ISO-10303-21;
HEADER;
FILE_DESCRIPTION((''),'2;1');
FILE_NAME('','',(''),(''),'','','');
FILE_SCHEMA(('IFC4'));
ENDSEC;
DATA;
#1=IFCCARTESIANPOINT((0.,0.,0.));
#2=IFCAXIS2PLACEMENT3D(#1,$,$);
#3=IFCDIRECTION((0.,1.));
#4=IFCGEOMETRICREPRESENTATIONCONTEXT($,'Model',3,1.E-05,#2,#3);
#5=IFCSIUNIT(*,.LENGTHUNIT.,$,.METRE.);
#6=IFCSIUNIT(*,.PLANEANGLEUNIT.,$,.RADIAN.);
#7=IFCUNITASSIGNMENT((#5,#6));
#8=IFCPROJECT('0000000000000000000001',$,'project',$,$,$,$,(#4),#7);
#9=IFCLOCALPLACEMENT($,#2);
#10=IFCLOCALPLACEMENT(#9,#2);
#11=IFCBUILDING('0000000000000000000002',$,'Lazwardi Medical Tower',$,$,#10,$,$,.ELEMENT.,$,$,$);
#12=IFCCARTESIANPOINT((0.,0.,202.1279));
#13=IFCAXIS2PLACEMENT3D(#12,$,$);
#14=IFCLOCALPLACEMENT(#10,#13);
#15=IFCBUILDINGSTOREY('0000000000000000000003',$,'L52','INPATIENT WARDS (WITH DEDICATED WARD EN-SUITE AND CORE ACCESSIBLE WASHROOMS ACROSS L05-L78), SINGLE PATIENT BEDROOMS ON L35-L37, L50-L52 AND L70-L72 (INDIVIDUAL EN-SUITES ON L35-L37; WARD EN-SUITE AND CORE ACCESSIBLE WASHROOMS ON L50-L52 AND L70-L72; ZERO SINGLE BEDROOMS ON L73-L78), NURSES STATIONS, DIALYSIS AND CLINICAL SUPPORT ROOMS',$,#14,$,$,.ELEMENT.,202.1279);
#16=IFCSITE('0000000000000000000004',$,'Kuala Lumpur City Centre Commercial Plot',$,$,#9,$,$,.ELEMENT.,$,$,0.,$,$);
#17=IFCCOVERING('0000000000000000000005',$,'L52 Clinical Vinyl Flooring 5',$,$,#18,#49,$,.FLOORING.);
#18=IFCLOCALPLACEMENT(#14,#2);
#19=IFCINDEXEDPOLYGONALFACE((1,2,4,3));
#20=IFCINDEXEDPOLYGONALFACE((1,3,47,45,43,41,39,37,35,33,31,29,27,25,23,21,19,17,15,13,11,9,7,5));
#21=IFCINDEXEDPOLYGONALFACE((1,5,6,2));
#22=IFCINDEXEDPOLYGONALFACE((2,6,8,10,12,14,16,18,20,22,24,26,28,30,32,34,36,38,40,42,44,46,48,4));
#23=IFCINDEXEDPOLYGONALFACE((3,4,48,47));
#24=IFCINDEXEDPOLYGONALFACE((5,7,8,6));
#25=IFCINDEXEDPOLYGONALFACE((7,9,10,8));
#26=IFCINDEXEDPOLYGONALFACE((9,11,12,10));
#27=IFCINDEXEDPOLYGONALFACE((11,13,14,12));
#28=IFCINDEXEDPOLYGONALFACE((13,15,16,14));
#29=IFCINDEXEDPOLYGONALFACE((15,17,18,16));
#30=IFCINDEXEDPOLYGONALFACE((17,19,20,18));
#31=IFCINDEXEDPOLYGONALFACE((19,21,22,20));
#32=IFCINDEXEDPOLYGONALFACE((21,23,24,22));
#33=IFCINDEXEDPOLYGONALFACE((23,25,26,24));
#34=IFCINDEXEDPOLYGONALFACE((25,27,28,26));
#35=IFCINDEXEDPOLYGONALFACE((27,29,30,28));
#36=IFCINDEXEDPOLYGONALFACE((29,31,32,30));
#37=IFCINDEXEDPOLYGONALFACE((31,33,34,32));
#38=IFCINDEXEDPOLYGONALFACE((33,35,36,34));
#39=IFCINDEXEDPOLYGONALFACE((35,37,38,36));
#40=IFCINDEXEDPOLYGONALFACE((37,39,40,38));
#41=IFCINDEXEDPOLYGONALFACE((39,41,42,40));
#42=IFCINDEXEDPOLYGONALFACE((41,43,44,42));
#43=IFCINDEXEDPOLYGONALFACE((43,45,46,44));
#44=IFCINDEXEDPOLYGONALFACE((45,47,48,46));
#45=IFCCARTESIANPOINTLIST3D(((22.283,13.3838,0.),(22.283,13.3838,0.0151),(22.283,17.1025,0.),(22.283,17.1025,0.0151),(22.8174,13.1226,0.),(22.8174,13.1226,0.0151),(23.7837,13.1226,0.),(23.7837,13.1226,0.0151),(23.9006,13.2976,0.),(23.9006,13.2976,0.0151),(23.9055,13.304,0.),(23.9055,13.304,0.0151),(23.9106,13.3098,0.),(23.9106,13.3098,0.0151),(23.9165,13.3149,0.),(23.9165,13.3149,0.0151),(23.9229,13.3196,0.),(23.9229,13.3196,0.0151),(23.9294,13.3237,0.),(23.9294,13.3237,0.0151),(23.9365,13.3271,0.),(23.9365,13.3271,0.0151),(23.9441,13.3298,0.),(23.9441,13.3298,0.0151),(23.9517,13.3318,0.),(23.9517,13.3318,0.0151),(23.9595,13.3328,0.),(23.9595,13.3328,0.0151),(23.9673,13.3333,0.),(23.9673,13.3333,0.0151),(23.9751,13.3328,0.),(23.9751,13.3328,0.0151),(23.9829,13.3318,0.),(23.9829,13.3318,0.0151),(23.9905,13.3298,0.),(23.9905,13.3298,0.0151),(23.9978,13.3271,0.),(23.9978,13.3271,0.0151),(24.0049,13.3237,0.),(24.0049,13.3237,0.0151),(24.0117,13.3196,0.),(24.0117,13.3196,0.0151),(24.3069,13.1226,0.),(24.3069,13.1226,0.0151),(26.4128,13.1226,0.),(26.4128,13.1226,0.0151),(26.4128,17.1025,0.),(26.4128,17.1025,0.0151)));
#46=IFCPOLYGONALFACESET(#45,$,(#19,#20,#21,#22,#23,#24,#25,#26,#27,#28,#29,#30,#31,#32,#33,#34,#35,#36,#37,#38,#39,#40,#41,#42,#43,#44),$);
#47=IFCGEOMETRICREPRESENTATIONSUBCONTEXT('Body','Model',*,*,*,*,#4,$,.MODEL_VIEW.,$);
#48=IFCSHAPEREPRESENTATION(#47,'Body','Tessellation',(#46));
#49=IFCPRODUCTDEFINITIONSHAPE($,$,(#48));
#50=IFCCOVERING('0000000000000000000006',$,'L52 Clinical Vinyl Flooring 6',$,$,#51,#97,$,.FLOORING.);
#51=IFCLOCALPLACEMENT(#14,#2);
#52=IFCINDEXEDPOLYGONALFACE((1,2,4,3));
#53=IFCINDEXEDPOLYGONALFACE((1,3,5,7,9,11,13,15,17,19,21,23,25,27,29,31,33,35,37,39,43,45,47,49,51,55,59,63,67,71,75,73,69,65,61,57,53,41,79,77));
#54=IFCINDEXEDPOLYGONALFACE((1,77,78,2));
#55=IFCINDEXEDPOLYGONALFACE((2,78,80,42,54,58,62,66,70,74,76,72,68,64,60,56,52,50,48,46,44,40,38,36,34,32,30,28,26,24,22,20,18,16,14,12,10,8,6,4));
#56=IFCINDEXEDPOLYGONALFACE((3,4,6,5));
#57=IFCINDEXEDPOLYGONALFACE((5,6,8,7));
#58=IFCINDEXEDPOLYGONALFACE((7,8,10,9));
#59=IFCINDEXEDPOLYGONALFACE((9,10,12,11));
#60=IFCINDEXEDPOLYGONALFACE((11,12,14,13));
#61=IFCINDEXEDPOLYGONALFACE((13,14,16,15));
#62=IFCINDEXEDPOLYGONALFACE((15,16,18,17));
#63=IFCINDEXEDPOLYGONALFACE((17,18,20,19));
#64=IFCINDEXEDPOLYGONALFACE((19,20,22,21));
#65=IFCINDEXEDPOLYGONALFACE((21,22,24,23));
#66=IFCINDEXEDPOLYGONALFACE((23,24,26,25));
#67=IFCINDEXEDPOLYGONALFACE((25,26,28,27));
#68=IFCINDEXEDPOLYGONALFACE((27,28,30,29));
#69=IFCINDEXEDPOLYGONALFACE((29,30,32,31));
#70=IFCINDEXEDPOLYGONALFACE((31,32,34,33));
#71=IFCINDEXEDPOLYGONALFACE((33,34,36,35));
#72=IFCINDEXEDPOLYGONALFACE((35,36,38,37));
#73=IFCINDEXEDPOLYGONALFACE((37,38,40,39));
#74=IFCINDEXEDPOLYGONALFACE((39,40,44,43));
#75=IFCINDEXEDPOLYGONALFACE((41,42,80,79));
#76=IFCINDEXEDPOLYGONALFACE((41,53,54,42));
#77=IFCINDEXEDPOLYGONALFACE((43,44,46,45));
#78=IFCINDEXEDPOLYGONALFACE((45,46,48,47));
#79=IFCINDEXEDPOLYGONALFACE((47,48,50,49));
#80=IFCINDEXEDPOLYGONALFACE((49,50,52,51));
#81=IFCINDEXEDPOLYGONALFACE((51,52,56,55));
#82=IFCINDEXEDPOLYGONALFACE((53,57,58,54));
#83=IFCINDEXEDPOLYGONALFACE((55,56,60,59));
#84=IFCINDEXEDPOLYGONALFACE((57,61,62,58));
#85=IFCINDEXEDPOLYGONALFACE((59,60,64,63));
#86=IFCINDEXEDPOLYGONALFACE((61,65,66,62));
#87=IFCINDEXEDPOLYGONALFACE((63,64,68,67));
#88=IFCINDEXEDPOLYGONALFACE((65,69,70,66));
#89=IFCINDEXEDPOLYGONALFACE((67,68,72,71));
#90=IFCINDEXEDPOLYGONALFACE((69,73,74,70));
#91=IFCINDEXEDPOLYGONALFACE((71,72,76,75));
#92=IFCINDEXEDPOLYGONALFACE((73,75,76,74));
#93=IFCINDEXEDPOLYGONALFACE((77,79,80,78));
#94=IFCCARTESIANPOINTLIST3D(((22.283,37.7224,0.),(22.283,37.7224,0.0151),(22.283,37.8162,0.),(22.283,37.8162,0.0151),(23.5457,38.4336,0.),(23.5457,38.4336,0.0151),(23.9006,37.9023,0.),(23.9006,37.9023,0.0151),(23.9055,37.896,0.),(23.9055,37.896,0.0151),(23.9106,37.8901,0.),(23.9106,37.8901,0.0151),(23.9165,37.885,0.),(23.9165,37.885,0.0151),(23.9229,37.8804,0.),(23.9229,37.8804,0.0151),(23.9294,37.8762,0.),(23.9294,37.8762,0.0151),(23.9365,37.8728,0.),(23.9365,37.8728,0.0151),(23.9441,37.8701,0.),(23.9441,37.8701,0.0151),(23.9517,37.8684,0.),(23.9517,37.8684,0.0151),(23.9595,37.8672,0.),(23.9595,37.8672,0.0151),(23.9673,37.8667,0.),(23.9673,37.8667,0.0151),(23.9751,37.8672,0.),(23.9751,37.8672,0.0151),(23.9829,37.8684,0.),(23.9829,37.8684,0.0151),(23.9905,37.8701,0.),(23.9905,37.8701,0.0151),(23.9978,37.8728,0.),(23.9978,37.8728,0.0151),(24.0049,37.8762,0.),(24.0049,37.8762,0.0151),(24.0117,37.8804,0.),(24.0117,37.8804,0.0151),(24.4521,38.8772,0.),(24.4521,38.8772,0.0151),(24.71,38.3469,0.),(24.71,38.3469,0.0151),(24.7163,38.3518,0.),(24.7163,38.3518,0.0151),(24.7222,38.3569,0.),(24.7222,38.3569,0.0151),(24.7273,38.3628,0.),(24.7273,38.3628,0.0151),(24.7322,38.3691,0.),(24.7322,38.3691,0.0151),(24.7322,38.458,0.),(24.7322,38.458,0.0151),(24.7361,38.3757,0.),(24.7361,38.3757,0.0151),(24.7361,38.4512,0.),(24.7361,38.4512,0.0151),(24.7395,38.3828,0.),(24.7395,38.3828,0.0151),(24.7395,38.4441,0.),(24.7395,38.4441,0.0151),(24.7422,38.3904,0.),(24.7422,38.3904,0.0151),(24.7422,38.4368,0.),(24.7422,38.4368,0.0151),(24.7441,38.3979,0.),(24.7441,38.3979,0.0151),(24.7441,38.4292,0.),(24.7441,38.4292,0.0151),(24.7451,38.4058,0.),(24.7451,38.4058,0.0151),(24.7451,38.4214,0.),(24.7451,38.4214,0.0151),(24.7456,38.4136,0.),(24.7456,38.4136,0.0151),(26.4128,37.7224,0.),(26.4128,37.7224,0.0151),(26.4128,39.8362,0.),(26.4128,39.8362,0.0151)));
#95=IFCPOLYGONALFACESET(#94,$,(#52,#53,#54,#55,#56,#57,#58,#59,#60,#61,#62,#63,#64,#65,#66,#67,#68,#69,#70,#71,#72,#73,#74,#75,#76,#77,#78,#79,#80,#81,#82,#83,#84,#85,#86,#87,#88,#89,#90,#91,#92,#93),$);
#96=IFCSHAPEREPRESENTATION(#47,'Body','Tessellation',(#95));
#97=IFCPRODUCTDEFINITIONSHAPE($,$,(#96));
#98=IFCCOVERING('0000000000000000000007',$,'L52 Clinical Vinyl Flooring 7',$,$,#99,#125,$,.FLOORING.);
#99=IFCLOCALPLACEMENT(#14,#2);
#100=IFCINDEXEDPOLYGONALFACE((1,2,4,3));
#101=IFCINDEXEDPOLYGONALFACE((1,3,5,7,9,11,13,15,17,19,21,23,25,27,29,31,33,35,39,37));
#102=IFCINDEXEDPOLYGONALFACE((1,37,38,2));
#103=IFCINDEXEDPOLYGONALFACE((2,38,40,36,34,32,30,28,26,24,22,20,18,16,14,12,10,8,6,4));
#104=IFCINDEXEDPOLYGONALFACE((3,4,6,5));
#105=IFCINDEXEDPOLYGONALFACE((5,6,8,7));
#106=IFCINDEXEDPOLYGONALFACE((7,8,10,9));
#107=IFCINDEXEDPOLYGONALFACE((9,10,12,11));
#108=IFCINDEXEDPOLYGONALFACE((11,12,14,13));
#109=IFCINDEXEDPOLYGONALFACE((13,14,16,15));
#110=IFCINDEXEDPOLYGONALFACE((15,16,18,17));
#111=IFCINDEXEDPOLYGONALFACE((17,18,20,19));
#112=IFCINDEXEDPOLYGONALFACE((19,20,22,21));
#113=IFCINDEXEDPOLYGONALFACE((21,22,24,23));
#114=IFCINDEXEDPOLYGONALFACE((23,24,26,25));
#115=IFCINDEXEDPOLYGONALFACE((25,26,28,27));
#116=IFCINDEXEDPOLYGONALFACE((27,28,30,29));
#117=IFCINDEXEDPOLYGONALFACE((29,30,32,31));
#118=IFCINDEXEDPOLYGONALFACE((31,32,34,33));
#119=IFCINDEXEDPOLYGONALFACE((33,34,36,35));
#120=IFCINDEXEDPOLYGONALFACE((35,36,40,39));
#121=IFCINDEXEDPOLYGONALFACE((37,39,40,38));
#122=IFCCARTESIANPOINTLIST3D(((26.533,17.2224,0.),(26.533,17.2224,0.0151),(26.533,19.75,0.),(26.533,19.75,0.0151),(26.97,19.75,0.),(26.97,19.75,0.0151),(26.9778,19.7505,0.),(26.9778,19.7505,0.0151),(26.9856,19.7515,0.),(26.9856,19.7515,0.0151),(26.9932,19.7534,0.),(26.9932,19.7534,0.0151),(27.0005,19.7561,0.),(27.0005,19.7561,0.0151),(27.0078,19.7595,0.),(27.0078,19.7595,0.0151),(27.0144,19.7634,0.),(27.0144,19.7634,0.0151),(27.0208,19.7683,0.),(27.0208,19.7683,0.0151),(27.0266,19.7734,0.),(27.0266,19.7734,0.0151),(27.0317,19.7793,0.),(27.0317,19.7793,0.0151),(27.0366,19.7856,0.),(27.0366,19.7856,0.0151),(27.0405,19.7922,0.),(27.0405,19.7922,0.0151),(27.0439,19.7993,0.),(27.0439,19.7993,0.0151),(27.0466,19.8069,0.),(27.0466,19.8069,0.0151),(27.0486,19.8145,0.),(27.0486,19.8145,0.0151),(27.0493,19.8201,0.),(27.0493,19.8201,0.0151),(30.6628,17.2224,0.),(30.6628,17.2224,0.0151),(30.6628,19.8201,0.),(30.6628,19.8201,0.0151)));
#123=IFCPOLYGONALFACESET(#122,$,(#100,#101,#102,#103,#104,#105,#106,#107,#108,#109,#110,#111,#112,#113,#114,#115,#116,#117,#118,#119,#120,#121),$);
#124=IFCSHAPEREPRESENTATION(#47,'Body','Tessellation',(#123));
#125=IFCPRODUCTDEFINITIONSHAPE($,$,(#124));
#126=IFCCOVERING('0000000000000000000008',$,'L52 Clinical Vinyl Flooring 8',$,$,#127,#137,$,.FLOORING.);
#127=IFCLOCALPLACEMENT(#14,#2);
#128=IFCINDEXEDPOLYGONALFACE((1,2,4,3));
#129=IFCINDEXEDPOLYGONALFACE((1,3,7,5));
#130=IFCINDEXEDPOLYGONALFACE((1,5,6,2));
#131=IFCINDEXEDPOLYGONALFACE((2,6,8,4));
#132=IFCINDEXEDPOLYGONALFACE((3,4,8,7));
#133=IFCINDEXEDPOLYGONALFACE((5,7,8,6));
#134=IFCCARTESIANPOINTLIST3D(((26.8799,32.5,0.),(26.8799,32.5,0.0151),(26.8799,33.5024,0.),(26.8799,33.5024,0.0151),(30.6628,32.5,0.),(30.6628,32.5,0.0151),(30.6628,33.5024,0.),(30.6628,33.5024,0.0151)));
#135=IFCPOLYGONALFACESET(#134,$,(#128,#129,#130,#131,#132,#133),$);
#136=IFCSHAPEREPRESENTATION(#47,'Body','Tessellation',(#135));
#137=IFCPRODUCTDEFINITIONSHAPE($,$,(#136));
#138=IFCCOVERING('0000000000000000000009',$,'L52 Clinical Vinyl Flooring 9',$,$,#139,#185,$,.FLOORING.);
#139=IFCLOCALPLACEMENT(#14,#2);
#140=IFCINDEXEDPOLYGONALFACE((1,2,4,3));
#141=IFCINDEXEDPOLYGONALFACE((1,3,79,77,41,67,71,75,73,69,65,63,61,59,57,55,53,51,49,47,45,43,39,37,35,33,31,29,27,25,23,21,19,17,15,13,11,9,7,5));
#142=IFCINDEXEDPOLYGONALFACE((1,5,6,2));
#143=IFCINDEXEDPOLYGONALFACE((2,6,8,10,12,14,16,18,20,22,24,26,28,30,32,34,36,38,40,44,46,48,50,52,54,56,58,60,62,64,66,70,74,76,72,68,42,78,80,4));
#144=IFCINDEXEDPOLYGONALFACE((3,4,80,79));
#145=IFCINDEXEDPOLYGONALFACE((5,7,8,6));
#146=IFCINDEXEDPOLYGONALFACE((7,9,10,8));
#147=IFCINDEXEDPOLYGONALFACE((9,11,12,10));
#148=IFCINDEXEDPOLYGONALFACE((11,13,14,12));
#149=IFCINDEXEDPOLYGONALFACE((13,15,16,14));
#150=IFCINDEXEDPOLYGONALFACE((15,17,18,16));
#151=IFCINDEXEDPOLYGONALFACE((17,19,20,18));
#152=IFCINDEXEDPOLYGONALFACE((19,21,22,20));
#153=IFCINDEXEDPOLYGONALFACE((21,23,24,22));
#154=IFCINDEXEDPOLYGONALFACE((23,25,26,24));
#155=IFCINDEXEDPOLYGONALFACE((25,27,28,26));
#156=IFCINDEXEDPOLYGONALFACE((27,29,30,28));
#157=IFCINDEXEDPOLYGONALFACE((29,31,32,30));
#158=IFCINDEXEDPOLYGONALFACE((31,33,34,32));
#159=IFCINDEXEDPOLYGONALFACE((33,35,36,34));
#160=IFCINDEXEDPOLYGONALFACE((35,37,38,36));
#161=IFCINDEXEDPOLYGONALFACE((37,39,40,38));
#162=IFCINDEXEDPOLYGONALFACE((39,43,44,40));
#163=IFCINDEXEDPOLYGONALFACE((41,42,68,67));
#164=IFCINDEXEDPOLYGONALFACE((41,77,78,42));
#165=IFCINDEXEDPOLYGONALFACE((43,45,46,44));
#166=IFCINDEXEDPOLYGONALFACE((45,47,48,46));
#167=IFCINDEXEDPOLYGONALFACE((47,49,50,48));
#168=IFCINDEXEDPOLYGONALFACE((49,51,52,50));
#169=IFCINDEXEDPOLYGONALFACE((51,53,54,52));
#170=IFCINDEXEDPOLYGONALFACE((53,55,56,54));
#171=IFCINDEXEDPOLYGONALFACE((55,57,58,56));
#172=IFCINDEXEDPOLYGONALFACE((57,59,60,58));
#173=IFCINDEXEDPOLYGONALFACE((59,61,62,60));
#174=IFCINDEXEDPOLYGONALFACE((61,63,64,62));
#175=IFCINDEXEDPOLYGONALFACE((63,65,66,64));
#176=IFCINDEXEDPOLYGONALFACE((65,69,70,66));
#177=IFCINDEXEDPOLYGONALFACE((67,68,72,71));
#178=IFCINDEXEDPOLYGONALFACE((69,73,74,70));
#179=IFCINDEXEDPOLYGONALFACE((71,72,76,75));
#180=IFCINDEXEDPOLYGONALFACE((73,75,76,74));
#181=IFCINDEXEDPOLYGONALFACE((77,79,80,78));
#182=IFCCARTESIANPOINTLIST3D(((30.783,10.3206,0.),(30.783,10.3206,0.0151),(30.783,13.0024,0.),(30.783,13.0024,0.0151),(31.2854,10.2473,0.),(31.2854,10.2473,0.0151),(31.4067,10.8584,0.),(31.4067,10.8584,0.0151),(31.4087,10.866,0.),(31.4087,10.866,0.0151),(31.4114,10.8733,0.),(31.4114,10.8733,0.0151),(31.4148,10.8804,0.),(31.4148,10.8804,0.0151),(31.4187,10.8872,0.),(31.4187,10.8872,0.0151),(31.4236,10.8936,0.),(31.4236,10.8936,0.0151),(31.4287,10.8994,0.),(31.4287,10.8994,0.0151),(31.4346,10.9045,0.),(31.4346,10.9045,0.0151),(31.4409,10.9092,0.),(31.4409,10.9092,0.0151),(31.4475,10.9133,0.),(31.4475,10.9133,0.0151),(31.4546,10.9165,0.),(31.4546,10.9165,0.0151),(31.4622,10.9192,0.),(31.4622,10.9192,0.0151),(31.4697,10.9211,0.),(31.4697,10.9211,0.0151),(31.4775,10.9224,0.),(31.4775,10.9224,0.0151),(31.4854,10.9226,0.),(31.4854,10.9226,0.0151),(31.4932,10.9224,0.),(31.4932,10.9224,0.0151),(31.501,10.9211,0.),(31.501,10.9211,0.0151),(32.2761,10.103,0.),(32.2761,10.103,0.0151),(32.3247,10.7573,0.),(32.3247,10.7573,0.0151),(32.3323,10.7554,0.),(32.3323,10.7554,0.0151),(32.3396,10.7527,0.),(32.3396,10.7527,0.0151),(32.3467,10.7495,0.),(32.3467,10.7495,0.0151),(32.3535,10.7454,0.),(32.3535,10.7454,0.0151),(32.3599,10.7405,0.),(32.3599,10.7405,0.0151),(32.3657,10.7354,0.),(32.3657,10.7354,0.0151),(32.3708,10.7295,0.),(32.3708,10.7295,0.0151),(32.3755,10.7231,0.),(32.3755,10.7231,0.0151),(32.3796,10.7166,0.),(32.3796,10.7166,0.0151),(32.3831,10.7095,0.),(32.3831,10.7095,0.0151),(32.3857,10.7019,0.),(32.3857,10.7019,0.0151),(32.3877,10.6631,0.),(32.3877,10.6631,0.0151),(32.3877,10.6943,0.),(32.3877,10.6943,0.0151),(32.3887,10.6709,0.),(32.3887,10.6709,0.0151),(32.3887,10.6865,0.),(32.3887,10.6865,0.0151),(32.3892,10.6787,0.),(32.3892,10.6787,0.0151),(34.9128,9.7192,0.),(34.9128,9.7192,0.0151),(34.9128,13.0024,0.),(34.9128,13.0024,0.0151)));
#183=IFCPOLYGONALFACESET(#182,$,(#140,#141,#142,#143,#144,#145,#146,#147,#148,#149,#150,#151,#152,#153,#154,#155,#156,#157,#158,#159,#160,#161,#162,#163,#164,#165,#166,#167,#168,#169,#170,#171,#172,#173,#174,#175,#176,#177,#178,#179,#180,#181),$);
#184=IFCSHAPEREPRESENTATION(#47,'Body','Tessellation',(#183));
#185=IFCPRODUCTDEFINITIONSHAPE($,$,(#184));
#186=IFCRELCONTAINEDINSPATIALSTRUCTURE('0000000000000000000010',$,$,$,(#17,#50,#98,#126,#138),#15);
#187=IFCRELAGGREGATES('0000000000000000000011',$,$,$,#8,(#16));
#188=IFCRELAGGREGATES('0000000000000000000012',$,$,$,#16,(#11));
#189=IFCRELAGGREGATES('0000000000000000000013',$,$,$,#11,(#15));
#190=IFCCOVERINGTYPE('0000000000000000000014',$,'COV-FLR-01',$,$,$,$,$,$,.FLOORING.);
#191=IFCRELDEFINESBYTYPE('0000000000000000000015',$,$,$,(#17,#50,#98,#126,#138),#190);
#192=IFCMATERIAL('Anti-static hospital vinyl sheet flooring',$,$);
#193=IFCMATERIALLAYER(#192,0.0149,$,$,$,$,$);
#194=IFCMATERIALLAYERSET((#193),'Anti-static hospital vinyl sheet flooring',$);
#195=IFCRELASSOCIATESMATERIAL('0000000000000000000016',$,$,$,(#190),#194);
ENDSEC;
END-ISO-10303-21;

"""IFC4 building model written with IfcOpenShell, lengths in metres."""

from ifc_helpers import new_model, si_unit, direction, frame, origin, place, context, subcontext, project, spatial, polyline, outline, extrude, material, layer, layer_set, type_object, element, save


model = new_model("IFC4")

# Units and contexts
model_context = context("Model", 3, precision=1e-05, world=origin(), true_north=direction((0.0, 1.0)))
body_context = subcontext(model_context, "Body", "Model", "MODEL_VIEW")
ifc_project = project(units=[si_unit("LENGTHUNIT", "METRE"), si_unit("PLANEANGLEUNIT", "RADIAN")], contexts=[model_context])

# Site, building, storey
site_placement = place(None, origin())
site = spatial("IfcSite", under=ifc_project, at=site_placement, Name="Kuala Lumpur City Centre Commercial Plot", CompositionType="ELEMENT", RefElevation=0.0)
building_placement = place(site_placement, origin())
building = spatial("IfcBuilding", under=site, at=building_placement, Name="Lazwardi Medical Tower", CompositionType="ELEMENT")
storey_placement = place(building_placement, frame((0.0, 0.0, 202.1279)))
storey = spatial("IfcBuildingStorey", under=building, at=storey_placement, Name="L52", Description="INPATIENT WARDS (WITH DEDICATED WARD EN-SUITE AND CORE ACCESSIBLE WASHROOMS ACROSS L05-L78), SINGLE PATIENT BEDROOMS ON L35-L37, L50-L52 AND L70-L72 (INDIVIDUAL EN-SUITES ON L35-L37; WARD EN-SUITE AND CORE ACCESSIBLE WASHROOMS ON L50-L52 AND L70-L72; ZERO SINGLE BEDROOMS ON L73-L78), NURSES STATIONS, DIALYSIS AND CLINICAL SUPPORT ROOMS", CompositionType="ELEMENT", Elevation=202.1279)

# Coverings
ifc_material_1 = material(Name="Anti-static hospital vinyl sheet flooring")
ifc_layer_1 = layer(ifc_material_1, 0.0149)
ifc_layer_set_1 = layer_set([ifc_layer_1], Name="Anti-static hospital vinyl sheet flooring")
covering_type_1 = type_object("IfcCoveringType", Name="COV-FLR-01", PredefinedType="FLOORING", material=ifc_layer_set_1)
covering_1_placement = place(storey_placement, origin())
element("IfcCovering", 1, at=covering_1_placement, inside=storey, type_object=covering_type_1, Name="L52 Clinical Vinyl Flooring 5", PredefinedType="FLOORING", context=body_context, shape_type="SweptSolid", body=[
    extrude(outline(polyline([(22.283, 13.3838), (22.8174, 13.1226), (23.7837, 13.1226), (23.9006, 13.2976), (23.9055, 13.304), (23.9106, 13.3098), (23.9165, 13.3149), (23.9229, 13.3196), (23.9294, 13.3237), (23.9365, 13.3271), (23.9441, 13.3298), (23.9517, 13.3318), (23.9595, 13.3328), (23.9673, 13.3333), (23.9751, 13.3328), (23.9829, 13.3318), (23.9905, 13.3298), (23.9978, 13.3271), (24.0049, 13.3237), (24.0117, 13.3196), (24.3069, 13.1226), (26.4128, 13.1226), (26.4128, 17.1025), (22.283, 17.1025), (22.283, 13.3838)])), origin(), (0.0, 0.0, 1.0), 0.0151),
])
covering_2_placement = place(storey_placement, origin())
element("IfcCovering", 2, at=covering_2_placement, inside=storey, type_object=covering_type_1, Name="L52 Clinical Vinyl Flooring 6", PredefinedType="FLOORING", context=body_context, shape_type="SweptSolid", body=[
    extrude(outline(polyline([(26.4128, 39.8362), (24.4521, 38.8772), (24.7322, 38.458), (24.7361, 38.4512), (24.7395, 38.4441), (24.7422, 38.4368), (24.7441, 38.4292), (24.7451, 38.4214), (24.7456, 38.4136), (24.7451, 38.4058), (24.7441, 38.3979), (24.7422, 38.3904), (24.7395, 38.3828), (24.7361, 38.3757), (24.7322, 38.3691), (24.7273, 38.3628), (24.7222, 38.3569), (24.7163, 38.3518), (24.71, 38.3469), (24.0117, 37.8804), (24.0049, 37.8762), (23.9978, 37.8728), (23.9905, 37.8701), (23.9829, 37.8684), (23.9751, 37.8672), (23.9673, 37.8667), (23.9595, 37.8672), (23.9517, 37.8684), (23.9441, 37.8701), (23.9365, 37.8728), (23.9294, 37.8762), (23.9229, 37.8804), (23.9165, 37.885), (23.9106, 37.8901), (23.9055, 37.896), (23.9006, 37.9023), (23.5457, 38.4336), (22.283, 37.8162), (22.283, 37.7224), (26.4128, 37.7224), (26.4128, 39.8362)])), origin(), (0.0, 0.0, 1.0), 0.0151),
])
covering_3_placement = place(storey_placement, origin())
element("IfcCovering", 3, at=covering_3_placement, inside=storey, type_object=covering_type_1, Name="L52 Clinical Vinyl Flooring 7", PredefinedType="FLOORING", context=body_context, shape_type="SweptSolid", body=[
    extrude(outline(polyline([(30.6628, 19.8201), (27.0493, 19.8201), (27.0486, 19.8145), (27.0466, 19.8069), (27.0439, 19.7993), (27.0405, 19.7922), (27.0366, 19.7856), (27.0317, 19.7793), (27.0266, 19.7734), (27.0208, 19.7683), (27.0144, 19.7634), (27.0078, 19.7595), (27.0005, 19.7561), (26.9932, 19.7534), (26.9856, 19.7515), (26.9778, 19.7505), (26.97, 19.75), (26.533, 19.75), (26.533, 17.2224), (30.6628, 17.2224), (30.6628, 19.8201)])), origin(), (0.0, 0.0, 1.0), 0.0151),
])
covering_4_placement = place(storey_placement, origin())
element("IfcCovering", 4, at=covering_4_placement, inside=storey, type_object=covering_type_1, Name="L52 Clinical Vinyl Flooring 8", PredefinedType="FLOORING", context=body_context, shape_type="SweptSolid", body=[
    extrude(outline(polyline([(26.8799, 33.5024), (26.8799, 32.5), (30.6628, 32.5), (30.6628, 33.5024), (26.8799, 33.5024)])), origin(), (0.0, 0.0, 1.0), 0.0151),
])
covering_5_placement = place(storey_placement, origin())
element("IfcCovering", 5, at=covering_5_placement, inside=storey, type_object=covering_type_1, Name="L52 Clinical Vinyl Flooring 9", PredefinedType="FLOORING", context=body_context, shape_type="SweptSolid", body=[
    extrude(outline(polyline([(30.783, 10.3206), (31.2854, 10.2473), (31.4067, 10.8584), (31.4087, 10.866), (31.4114, 10.8733), (31.4148, 10.8804), (31.4187, 10.8872), (31.4236, 10.8936), (31.4287, 10.8994), (31.4346, 10.9045), (31.4409, 10.9092), (31.4475, 10.9133), (31.4546, 10.9165), (31.4622, 10.9192), (31.4697, 10.9211), (31.4775, 10.9224), (31.4854, 10.9226), (31.4932, 10.9224), (31.501, 10.9211), (32.3247, 10.7573), (32.3323, 10.7554), (32.3396, 10.7527), (32.3467, 10.7495), (32.3535, 10.7454), (32.3599, 10.7405), (32.3657, 10.7354), (32.3708, 10.7295), (32.3755, 10.7231), (32.3796, 10.7166), (32.3831, 10.7095), (32.3857, 10.7019), (32.3877, 10.6943), (32.3887, 10.6865), (32.3892, 10.6787), (32.3887, 10.6709), (32.3877, 10.6631), (32.2761, 10.103), (34.9128, 9.7192), (34.9128, 13.0024), (30.783, 13.0024), (30.783, 10.3206)])), origin(), (0.0, 0.0, 1.0), 0.0151),
])

save(model, "model.ifc")
